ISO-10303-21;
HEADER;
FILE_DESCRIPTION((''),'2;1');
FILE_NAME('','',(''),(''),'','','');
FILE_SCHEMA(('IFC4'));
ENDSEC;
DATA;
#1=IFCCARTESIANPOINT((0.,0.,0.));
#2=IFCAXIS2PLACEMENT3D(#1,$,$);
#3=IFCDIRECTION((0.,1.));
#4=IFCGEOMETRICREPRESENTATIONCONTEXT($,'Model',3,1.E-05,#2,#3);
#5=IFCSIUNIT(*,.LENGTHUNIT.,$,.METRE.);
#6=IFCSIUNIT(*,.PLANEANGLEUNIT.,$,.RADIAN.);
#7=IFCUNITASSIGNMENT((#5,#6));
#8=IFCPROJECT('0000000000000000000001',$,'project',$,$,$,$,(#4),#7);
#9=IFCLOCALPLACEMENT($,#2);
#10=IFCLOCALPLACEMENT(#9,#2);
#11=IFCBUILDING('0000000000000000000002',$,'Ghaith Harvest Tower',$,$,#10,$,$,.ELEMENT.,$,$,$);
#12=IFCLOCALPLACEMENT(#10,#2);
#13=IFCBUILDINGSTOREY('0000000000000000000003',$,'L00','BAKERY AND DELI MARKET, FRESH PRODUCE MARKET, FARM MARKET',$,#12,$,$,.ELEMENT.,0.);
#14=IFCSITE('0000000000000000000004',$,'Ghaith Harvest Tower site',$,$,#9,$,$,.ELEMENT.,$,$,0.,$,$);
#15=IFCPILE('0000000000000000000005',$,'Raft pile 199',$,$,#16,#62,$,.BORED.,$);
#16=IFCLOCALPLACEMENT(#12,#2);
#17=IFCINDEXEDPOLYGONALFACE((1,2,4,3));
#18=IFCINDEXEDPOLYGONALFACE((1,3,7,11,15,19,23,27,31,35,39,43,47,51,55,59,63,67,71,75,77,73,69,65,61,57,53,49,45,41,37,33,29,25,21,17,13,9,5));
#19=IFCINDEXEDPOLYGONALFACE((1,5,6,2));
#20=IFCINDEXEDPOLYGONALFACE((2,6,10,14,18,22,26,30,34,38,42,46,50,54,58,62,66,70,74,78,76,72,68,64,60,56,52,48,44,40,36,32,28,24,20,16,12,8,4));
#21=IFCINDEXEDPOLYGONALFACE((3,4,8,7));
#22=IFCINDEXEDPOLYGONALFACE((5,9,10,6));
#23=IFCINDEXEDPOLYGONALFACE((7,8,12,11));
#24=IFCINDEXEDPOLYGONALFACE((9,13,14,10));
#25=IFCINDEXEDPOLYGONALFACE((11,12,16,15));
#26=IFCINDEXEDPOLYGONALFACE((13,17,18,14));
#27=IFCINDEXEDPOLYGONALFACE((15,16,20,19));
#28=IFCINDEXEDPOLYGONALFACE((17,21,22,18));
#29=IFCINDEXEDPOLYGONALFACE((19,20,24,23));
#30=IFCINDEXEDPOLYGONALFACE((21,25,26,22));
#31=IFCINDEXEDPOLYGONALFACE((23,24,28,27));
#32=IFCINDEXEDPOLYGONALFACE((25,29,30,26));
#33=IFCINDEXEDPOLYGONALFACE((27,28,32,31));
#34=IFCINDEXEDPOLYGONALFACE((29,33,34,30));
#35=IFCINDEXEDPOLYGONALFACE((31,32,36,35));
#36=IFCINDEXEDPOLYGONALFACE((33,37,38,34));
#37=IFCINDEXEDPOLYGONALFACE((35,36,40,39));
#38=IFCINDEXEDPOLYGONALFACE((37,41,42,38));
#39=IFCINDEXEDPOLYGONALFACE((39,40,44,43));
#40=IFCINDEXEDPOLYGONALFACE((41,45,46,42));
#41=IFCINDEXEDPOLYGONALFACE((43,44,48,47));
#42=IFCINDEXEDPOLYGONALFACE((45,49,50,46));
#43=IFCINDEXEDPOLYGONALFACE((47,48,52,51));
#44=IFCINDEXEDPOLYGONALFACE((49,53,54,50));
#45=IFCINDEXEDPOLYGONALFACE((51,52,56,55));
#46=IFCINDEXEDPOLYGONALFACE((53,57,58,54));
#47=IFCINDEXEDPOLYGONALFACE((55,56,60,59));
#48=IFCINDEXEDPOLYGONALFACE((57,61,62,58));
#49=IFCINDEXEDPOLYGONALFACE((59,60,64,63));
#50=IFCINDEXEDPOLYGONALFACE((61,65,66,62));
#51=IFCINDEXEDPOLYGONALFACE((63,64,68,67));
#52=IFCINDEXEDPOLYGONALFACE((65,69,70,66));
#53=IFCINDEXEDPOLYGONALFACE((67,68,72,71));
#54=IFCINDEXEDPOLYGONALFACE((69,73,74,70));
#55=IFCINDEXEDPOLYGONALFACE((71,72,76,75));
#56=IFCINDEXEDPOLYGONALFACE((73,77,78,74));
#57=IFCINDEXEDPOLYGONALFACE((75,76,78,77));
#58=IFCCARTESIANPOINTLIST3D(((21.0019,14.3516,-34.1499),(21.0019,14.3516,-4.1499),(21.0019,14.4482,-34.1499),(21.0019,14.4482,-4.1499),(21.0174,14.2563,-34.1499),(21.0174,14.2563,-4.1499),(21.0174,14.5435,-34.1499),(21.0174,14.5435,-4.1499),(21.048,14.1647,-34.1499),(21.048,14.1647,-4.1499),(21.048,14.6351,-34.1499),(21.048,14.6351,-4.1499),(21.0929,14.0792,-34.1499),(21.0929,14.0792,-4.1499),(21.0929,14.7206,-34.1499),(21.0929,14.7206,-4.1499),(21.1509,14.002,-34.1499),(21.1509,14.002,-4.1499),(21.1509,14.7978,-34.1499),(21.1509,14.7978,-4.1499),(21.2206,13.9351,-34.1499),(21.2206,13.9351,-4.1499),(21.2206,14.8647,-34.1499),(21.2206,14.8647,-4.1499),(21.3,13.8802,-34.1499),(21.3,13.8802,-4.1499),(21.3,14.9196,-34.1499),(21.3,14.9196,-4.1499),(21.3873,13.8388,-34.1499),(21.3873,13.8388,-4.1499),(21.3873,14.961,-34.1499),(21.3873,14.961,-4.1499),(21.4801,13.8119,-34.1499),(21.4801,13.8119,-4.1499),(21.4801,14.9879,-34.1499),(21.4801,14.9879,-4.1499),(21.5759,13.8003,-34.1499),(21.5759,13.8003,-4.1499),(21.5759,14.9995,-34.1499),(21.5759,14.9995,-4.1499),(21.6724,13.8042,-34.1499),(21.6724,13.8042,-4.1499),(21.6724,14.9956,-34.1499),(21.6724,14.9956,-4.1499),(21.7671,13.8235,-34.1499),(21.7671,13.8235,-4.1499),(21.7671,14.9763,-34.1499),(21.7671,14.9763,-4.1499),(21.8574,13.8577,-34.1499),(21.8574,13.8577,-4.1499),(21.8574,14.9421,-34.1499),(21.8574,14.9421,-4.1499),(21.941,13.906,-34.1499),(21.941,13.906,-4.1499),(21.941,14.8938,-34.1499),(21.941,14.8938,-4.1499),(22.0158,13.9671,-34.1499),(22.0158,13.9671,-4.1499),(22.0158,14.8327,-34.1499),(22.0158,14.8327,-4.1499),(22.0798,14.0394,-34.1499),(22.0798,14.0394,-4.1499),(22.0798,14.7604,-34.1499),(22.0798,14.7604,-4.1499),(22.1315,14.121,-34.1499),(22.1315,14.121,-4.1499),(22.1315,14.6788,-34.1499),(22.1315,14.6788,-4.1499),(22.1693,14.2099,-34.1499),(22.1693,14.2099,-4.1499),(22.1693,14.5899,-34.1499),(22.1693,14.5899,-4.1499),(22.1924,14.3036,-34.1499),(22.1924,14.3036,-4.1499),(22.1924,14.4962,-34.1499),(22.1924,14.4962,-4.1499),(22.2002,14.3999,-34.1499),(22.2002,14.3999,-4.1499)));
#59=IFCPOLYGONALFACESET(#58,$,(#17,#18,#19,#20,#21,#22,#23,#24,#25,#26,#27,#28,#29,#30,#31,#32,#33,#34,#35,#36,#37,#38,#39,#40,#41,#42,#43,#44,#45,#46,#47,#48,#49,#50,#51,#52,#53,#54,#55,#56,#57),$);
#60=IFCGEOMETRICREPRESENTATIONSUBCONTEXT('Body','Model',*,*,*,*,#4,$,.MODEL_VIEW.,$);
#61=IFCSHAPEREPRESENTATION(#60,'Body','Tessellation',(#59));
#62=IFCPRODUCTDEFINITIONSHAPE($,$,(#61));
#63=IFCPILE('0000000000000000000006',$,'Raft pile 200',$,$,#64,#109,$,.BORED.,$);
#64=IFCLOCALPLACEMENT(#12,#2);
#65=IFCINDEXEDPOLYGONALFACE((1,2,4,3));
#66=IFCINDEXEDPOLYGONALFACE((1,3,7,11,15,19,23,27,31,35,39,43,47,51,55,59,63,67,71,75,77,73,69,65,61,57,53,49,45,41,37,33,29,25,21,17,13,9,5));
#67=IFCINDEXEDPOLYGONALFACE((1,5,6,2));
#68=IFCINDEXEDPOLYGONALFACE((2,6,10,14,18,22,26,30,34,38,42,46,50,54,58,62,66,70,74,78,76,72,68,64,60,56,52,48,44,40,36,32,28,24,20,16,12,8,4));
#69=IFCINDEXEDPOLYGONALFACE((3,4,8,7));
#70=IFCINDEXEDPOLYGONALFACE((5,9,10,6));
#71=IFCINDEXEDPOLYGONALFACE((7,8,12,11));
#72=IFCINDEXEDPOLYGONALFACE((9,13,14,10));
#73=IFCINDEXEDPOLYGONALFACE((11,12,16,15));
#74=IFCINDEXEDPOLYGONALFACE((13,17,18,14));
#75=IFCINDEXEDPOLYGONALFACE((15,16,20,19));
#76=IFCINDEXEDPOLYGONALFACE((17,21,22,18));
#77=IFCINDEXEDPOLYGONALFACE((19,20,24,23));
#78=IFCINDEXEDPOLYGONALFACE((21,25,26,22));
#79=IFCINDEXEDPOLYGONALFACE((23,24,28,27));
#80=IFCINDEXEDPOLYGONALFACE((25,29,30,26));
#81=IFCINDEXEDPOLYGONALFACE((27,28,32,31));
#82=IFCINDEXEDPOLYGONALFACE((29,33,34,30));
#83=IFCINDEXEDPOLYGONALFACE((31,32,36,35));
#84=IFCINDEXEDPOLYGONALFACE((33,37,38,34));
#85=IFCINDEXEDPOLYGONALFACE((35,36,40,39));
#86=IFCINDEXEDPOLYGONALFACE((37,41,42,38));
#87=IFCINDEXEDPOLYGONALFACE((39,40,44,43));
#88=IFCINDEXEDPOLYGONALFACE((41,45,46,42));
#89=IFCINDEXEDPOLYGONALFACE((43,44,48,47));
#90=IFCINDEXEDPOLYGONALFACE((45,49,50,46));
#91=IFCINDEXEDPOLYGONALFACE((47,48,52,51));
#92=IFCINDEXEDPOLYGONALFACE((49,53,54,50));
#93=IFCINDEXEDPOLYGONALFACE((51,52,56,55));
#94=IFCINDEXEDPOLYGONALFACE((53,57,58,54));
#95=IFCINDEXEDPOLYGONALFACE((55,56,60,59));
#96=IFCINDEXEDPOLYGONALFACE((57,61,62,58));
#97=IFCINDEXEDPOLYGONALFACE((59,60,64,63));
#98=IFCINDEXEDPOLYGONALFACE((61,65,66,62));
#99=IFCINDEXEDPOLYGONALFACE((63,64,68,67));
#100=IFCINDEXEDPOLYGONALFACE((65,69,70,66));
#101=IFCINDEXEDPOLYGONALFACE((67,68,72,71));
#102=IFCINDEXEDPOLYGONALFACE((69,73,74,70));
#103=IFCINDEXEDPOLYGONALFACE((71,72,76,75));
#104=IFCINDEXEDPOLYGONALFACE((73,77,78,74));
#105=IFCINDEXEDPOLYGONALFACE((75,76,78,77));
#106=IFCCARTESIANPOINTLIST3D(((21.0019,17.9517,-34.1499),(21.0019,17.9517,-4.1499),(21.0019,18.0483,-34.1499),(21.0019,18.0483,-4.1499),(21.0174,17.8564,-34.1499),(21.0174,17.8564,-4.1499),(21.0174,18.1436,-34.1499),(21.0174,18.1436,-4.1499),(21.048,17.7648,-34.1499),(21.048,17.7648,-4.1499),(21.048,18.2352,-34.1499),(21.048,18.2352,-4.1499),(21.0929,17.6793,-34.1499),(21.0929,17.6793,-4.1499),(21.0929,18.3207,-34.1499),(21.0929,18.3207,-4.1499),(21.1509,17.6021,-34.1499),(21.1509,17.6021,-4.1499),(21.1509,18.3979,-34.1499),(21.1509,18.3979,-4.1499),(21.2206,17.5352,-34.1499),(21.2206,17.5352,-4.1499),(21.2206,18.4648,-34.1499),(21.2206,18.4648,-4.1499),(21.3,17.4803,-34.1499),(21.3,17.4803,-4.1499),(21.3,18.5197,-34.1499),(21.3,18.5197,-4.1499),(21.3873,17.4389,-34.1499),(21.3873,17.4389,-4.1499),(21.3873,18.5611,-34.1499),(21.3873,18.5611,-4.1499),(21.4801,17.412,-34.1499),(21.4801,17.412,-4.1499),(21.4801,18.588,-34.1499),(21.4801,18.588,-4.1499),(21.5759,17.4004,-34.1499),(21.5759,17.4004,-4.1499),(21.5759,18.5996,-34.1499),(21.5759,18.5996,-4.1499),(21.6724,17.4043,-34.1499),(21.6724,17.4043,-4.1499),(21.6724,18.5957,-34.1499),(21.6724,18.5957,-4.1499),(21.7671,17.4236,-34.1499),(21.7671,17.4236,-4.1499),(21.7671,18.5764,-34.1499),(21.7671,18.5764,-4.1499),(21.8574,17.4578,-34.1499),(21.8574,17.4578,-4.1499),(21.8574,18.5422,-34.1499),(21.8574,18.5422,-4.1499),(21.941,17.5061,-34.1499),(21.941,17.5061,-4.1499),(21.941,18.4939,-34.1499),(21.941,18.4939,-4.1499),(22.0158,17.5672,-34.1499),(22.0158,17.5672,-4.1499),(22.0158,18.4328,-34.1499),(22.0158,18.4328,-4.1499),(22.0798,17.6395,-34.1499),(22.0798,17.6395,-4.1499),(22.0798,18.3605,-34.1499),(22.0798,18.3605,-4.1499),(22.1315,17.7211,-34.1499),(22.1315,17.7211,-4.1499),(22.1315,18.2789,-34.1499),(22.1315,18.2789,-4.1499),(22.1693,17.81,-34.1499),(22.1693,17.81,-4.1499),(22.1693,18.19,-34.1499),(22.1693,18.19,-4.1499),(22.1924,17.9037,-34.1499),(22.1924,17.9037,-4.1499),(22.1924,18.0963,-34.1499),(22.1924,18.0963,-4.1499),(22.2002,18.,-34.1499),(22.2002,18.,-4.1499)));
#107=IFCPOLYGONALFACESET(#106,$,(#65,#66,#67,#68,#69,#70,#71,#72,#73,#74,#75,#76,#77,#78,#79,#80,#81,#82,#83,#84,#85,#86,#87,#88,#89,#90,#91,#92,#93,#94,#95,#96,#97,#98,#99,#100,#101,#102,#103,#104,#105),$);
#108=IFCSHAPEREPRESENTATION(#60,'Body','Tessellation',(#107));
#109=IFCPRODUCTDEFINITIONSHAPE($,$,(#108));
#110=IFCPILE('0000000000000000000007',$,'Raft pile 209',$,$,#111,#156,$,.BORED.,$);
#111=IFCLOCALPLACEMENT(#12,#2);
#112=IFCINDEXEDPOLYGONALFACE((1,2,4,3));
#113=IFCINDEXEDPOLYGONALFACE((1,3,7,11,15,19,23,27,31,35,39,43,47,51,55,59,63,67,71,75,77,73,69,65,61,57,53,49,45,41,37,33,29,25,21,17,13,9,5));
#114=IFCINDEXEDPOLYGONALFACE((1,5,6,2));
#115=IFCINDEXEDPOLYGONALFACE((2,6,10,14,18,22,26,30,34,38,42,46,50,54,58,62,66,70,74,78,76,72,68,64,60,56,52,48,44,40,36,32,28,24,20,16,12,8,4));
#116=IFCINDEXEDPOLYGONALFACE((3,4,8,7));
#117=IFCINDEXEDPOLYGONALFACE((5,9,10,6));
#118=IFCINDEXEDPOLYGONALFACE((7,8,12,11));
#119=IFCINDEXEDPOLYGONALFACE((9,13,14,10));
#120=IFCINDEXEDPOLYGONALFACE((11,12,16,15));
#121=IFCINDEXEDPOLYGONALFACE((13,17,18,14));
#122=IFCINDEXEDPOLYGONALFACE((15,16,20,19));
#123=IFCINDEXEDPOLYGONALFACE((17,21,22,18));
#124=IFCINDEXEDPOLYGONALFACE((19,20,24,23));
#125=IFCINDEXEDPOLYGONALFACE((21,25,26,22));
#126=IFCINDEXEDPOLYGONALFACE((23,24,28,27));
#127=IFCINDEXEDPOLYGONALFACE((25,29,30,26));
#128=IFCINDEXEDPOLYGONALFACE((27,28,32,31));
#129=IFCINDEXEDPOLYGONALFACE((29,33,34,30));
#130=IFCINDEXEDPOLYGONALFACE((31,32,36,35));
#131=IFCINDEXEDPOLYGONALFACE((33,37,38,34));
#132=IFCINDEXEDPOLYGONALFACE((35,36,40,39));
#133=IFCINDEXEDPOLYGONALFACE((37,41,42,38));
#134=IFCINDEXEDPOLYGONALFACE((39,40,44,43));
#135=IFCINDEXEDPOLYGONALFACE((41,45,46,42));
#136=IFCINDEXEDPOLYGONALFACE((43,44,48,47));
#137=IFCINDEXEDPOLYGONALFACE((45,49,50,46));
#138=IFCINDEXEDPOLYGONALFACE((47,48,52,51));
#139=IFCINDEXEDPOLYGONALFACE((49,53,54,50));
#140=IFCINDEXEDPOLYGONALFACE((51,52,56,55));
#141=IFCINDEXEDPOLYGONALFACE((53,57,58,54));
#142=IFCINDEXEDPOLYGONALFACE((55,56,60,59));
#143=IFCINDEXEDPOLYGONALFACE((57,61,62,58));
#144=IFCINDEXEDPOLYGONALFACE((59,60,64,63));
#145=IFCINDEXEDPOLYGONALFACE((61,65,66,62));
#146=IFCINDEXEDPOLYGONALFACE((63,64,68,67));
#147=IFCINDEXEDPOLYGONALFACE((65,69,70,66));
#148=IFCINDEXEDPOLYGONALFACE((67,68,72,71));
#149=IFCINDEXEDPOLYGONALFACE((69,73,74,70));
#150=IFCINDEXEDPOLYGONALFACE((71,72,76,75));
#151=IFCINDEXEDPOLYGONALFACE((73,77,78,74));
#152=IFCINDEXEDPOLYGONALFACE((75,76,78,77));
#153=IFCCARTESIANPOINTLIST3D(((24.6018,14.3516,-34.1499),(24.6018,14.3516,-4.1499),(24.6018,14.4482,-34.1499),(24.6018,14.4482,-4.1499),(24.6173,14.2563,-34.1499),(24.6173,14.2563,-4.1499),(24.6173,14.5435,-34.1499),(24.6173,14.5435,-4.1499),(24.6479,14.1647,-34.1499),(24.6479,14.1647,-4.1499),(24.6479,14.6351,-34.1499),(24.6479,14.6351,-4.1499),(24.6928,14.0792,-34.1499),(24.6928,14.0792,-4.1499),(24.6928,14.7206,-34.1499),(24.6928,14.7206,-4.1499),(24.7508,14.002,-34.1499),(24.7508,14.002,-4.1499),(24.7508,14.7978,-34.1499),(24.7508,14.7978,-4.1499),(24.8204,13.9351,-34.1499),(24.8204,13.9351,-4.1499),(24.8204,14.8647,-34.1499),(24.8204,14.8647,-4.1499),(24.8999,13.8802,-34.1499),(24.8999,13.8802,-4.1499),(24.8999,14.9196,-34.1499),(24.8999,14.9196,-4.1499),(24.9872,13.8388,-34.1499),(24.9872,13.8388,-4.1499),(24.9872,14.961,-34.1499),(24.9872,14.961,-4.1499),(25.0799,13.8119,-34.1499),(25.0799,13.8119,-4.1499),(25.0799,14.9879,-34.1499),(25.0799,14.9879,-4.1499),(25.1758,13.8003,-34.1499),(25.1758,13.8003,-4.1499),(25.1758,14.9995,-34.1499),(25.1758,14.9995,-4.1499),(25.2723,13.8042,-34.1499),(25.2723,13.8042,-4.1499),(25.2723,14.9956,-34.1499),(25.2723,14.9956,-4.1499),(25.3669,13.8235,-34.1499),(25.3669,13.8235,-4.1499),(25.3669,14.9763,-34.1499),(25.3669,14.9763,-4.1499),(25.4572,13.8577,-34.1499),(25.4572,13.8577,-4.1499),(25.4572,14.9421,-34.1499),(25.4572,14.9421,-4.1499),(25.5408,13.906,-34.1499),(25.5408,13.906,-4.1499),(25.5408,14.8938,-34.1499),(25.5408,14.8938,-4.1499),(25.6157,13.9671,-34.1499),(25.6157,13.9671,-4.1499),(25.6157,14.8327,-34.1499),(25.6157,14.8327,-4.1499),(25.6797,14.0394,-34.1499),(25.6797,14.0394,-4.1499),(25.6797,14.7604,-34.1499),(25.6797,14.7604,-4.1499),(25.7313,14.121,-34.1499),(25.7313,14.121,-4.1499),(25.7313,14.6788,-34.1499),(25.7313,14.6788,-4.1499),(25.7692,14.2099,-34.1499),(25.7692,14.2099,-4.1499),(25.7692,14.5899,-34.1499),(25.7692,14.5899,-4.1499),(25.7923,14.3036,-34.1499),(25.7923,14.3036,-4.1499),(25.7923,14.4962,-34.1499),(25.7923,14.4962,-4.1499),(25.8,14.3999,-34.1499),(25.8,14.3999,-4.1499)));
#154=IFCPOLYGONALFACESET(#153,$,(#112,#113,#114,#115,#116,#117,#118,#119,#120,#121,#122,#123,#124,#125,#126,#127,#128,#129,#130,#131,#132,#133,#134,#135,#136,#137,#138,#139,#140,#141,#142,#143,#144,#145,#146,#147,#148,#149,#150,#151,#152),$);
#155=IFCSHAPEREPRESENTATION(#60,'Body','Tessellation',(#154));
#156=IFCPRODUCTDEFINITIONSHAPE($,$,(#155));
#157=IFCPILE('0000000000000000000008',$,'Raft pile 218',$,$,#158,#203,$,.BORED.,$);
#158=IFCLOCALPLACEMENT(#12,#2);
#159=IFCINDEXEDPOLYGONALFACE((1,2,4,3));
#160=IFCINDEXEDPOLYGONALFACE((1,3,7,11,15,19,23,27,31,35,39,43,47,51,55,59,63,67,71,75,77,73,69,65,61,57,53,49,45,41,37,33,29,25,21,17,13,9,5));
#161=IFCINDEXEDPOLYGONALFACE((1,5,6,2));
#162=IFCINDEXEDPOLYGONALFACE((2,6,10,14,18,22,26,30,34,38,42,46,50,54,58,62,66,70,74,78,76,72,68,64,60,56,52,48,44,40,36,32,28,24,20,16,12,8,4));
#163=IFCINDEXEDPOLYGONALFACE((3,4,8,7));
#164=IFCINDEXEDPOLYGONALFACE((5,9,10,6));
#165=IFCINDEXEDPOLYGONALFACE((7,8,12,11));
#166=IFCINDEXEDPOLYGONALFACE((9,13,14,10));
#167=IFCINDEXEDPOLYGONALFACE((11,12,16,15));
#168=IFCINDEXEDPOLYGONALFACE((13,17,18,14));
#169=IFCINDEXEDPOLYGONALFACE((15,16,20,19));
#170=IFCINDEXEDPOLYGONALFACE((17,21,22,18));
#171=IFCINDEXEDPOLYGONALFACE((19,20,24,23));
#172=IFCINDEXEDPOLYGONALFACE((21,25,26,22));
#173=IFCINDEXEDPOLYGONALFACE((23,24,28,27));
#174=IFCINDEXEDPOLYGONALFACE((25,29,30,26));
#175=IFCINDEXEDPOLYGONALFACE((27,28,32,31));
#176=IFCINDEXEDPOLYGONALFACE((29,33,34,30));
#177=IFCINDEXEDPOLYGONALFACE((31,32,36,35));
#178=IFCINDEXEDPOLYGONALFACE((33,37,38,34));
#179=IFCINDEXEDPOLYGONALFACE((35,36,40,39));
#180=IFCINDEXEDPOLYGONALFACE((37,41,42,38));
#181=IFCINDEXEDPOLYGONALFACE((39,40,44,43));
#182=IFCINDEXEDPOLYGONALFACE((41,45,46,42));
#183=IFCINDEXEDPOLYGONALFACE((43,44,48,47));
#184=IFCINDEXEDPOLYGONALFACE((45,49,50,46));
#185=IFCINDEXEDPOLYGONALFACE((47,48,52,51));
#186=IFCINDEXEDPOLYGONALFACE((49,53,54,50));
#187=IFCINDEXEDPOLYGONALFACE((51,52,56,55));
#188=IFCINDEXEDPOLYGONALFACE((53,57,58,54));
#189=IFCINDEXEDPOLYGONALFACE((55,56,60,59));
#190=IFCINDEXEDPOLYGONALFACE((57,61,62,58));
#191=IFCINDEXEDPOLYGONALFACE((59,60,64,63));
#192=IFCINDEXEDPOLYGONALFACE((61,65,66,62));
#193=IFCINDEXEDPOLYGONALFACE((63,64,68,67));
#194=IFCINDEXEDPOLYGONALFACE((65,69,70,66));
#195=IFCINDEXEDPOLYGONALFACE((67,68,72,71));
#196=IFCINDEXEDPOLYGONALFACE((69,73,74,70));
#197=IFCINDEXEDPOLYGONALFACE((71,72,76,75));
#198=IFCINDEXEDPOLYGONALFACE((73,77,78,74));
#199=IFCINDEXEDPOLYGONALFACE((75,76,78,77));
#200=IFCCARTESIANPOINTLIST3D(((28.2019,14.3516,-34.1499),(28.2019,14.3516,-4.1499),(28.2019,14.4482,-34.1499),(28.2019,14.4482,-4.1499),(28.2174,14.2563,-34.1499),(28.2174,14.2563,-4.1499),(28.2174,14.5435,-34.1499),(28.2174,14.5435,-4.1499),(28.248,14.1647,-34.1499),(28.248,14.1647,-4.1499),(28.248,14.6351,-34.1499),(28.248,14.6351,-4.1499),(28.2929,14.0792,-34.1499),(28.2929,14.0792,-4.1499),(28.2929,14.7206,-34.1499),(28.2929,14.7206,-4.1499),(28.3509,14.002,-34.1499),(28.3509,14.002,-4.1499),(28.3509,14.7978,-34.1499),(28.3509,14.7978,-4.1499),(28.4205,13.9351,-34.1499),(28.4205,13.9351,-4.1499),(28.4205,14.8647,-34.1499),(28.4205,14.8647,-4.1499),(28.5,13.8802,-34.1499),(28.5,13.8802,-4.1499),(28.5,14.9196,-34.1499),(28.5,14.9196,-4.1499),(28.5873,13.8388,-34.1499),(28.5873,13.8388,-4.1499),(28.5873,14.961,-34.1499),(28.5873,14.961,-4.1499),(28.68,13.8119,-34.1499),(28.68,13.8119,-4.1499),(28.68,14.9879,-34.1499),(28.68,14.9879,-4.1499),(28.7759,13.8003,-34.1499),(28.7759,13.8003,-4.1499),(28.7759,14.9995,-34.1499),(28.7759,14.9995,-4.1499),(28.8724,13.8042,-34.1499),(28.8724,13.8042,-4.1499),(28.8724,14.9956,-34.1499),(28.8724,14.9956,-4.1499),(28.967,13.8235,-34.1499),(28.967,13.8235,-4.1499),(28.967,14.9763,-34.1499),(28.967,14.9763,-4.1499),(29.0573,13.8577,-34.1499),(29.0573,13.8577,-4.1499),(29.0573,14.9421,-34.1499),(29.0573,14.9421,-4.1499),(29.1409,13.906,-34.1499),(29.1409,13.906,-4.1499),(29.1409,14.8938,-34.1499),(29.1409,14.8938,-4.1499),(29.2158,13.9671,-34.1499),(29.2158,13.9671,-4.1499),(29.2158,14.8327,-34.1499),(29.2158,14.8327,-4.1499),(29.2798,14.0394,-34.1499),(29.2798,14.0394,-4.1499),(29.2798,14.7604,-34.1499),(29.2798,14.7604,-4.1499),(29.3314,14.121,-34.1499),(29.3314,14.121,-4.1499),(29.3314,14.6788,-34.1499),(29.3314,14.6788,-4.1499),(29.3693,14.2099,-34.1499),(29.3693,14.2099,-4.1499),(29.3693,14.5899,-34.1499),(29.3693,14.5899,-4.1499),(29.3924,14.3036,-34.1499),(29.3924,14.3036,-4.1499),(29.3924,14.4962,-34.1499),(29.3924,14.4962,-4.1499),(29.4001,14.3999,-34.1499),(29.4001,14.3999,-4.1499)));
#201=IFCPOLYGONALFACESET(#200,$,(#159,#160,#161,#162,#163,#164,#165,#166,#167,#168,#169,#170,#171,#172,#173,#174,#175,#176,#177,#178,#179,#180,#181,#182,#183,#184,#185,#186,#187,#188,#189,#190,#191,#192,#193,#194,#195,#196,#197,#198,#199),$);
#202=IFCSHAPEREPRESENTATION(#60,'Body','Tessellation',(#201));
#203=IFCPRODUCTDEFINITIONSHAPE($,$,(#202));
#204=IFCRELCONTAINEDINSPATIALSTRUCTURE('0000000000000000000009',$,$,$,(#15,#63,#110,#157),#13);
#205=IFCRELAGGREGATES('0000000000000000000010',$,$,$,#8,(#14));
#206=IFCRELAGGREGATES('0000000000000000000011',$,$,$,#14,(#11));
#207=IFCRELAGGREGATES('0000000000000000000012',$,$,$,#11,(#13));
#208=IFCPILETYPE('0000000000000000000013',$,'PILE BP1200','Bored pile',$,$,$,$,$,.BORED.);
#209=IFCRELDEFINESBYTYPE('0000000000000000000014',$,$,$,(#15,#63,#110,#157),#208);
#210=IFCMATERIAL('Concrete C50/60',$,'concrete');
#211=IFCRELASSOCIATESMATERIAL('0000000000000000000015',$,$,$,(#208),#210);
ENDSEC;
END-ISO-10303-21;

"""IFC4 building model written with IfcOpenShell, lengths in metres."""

from ifc_helpers import new_model, si_unit, direction, frame, origin, origin_2d, place, context, subcontext, project, spatial, circle, extrude, material, material_profile, profile_set, type_object, element, save


model = new_model("IFC4")

# Units and contexts
model_context = context("Model", 3, precision=1e-05, world=origin(), true_north=direction((0.0, 1.0)))
body_context = subcontext(model_context, "Body", "Model", "MODEL_VIEW")
ifc_project = project(units=[si_unit("LENGTHUNIT", "METRE"), si_unit("PLANEANGLEUNIT", "RADIAN")], contexts=[model_context])

# Site, building, storey
site_placement = place(None, origin())
site = spatial("IfcSite", under=ifc_project, at=site_placement, Name="Ghaith Harvest Tower site", CompositionType="ELEMENT", RefElevation=0.0)
building_placement = place(site_placement, origin())
building = spatial("IfcBuilding", under=site, at=building_placement, Name="Ghaith Harvest Tower", CompositionType="ELEMENT")
storey_placement = place(building_placement, origin())
storey = spatial("IfcBuildingStorey", under=building, at=storey_placement, Name="L00", Description="BAKERY AND DELI MARKET, FRESH PRODUCE MARKET, FARM MARKET", CompositionType="ELEMENT", Elevation=0.0)

# Piles
ifc_material_1 = material(Name="Concrete C50/60", Category="concrete")
ifc_material_profile_1 = material_profile(ifc_material_1, circle(Radius=0.6001, at=origin_2d()), Name="PILE1200")
ifc_profile_set_1 = profile_set([ifc_material_profile_1], Name="Concrete C50/60")
pile_type_1 = type_object("IfcPileType", Name="PILE BP1200", Description="Bored pile", PredefinedType="BORED", material=ifc_profile_set_1)
for number, where, z_axis, x_axis, name in (
    (1, (21.6001, 14.3999, -4.1499), (0.0, 0.0, -1.0), (1.0, 0.0, 0.0), "Raft pile 199"),
    (2, (21.6001, 18.0, -4.1499), (0.0, 0.0, -1.0), (1.0, 0.0, 0.0), "Raft pile 200"),
    (3, (25.2, 14.3999, -4.1499), (0.0, 0.0, -1.0), (1.0, 0.0, 0.0), "Raft pile 209"),
    (4, (28.8, 14.3999, -4.1499), (0.0, 0.0, -1.0), (1.0, 0.0, 0.0), "Raft pile 218"),
):
    element("IfcPile", number, at=place(storey_placement, frame(where, z_axis=z_axis, x_axis=x_axis)), inside=storey, type_object=pile_type_1, Name=name, PredefinedType="BORED", context=body_context, shape_type="SweptSolid", body=[
        extrude(circle(Radius=0.6001, at=origin_2d()), origin(), (0.0, 0.0, 1.0), 30.0),
    ])

save(model, "model.ifc")
